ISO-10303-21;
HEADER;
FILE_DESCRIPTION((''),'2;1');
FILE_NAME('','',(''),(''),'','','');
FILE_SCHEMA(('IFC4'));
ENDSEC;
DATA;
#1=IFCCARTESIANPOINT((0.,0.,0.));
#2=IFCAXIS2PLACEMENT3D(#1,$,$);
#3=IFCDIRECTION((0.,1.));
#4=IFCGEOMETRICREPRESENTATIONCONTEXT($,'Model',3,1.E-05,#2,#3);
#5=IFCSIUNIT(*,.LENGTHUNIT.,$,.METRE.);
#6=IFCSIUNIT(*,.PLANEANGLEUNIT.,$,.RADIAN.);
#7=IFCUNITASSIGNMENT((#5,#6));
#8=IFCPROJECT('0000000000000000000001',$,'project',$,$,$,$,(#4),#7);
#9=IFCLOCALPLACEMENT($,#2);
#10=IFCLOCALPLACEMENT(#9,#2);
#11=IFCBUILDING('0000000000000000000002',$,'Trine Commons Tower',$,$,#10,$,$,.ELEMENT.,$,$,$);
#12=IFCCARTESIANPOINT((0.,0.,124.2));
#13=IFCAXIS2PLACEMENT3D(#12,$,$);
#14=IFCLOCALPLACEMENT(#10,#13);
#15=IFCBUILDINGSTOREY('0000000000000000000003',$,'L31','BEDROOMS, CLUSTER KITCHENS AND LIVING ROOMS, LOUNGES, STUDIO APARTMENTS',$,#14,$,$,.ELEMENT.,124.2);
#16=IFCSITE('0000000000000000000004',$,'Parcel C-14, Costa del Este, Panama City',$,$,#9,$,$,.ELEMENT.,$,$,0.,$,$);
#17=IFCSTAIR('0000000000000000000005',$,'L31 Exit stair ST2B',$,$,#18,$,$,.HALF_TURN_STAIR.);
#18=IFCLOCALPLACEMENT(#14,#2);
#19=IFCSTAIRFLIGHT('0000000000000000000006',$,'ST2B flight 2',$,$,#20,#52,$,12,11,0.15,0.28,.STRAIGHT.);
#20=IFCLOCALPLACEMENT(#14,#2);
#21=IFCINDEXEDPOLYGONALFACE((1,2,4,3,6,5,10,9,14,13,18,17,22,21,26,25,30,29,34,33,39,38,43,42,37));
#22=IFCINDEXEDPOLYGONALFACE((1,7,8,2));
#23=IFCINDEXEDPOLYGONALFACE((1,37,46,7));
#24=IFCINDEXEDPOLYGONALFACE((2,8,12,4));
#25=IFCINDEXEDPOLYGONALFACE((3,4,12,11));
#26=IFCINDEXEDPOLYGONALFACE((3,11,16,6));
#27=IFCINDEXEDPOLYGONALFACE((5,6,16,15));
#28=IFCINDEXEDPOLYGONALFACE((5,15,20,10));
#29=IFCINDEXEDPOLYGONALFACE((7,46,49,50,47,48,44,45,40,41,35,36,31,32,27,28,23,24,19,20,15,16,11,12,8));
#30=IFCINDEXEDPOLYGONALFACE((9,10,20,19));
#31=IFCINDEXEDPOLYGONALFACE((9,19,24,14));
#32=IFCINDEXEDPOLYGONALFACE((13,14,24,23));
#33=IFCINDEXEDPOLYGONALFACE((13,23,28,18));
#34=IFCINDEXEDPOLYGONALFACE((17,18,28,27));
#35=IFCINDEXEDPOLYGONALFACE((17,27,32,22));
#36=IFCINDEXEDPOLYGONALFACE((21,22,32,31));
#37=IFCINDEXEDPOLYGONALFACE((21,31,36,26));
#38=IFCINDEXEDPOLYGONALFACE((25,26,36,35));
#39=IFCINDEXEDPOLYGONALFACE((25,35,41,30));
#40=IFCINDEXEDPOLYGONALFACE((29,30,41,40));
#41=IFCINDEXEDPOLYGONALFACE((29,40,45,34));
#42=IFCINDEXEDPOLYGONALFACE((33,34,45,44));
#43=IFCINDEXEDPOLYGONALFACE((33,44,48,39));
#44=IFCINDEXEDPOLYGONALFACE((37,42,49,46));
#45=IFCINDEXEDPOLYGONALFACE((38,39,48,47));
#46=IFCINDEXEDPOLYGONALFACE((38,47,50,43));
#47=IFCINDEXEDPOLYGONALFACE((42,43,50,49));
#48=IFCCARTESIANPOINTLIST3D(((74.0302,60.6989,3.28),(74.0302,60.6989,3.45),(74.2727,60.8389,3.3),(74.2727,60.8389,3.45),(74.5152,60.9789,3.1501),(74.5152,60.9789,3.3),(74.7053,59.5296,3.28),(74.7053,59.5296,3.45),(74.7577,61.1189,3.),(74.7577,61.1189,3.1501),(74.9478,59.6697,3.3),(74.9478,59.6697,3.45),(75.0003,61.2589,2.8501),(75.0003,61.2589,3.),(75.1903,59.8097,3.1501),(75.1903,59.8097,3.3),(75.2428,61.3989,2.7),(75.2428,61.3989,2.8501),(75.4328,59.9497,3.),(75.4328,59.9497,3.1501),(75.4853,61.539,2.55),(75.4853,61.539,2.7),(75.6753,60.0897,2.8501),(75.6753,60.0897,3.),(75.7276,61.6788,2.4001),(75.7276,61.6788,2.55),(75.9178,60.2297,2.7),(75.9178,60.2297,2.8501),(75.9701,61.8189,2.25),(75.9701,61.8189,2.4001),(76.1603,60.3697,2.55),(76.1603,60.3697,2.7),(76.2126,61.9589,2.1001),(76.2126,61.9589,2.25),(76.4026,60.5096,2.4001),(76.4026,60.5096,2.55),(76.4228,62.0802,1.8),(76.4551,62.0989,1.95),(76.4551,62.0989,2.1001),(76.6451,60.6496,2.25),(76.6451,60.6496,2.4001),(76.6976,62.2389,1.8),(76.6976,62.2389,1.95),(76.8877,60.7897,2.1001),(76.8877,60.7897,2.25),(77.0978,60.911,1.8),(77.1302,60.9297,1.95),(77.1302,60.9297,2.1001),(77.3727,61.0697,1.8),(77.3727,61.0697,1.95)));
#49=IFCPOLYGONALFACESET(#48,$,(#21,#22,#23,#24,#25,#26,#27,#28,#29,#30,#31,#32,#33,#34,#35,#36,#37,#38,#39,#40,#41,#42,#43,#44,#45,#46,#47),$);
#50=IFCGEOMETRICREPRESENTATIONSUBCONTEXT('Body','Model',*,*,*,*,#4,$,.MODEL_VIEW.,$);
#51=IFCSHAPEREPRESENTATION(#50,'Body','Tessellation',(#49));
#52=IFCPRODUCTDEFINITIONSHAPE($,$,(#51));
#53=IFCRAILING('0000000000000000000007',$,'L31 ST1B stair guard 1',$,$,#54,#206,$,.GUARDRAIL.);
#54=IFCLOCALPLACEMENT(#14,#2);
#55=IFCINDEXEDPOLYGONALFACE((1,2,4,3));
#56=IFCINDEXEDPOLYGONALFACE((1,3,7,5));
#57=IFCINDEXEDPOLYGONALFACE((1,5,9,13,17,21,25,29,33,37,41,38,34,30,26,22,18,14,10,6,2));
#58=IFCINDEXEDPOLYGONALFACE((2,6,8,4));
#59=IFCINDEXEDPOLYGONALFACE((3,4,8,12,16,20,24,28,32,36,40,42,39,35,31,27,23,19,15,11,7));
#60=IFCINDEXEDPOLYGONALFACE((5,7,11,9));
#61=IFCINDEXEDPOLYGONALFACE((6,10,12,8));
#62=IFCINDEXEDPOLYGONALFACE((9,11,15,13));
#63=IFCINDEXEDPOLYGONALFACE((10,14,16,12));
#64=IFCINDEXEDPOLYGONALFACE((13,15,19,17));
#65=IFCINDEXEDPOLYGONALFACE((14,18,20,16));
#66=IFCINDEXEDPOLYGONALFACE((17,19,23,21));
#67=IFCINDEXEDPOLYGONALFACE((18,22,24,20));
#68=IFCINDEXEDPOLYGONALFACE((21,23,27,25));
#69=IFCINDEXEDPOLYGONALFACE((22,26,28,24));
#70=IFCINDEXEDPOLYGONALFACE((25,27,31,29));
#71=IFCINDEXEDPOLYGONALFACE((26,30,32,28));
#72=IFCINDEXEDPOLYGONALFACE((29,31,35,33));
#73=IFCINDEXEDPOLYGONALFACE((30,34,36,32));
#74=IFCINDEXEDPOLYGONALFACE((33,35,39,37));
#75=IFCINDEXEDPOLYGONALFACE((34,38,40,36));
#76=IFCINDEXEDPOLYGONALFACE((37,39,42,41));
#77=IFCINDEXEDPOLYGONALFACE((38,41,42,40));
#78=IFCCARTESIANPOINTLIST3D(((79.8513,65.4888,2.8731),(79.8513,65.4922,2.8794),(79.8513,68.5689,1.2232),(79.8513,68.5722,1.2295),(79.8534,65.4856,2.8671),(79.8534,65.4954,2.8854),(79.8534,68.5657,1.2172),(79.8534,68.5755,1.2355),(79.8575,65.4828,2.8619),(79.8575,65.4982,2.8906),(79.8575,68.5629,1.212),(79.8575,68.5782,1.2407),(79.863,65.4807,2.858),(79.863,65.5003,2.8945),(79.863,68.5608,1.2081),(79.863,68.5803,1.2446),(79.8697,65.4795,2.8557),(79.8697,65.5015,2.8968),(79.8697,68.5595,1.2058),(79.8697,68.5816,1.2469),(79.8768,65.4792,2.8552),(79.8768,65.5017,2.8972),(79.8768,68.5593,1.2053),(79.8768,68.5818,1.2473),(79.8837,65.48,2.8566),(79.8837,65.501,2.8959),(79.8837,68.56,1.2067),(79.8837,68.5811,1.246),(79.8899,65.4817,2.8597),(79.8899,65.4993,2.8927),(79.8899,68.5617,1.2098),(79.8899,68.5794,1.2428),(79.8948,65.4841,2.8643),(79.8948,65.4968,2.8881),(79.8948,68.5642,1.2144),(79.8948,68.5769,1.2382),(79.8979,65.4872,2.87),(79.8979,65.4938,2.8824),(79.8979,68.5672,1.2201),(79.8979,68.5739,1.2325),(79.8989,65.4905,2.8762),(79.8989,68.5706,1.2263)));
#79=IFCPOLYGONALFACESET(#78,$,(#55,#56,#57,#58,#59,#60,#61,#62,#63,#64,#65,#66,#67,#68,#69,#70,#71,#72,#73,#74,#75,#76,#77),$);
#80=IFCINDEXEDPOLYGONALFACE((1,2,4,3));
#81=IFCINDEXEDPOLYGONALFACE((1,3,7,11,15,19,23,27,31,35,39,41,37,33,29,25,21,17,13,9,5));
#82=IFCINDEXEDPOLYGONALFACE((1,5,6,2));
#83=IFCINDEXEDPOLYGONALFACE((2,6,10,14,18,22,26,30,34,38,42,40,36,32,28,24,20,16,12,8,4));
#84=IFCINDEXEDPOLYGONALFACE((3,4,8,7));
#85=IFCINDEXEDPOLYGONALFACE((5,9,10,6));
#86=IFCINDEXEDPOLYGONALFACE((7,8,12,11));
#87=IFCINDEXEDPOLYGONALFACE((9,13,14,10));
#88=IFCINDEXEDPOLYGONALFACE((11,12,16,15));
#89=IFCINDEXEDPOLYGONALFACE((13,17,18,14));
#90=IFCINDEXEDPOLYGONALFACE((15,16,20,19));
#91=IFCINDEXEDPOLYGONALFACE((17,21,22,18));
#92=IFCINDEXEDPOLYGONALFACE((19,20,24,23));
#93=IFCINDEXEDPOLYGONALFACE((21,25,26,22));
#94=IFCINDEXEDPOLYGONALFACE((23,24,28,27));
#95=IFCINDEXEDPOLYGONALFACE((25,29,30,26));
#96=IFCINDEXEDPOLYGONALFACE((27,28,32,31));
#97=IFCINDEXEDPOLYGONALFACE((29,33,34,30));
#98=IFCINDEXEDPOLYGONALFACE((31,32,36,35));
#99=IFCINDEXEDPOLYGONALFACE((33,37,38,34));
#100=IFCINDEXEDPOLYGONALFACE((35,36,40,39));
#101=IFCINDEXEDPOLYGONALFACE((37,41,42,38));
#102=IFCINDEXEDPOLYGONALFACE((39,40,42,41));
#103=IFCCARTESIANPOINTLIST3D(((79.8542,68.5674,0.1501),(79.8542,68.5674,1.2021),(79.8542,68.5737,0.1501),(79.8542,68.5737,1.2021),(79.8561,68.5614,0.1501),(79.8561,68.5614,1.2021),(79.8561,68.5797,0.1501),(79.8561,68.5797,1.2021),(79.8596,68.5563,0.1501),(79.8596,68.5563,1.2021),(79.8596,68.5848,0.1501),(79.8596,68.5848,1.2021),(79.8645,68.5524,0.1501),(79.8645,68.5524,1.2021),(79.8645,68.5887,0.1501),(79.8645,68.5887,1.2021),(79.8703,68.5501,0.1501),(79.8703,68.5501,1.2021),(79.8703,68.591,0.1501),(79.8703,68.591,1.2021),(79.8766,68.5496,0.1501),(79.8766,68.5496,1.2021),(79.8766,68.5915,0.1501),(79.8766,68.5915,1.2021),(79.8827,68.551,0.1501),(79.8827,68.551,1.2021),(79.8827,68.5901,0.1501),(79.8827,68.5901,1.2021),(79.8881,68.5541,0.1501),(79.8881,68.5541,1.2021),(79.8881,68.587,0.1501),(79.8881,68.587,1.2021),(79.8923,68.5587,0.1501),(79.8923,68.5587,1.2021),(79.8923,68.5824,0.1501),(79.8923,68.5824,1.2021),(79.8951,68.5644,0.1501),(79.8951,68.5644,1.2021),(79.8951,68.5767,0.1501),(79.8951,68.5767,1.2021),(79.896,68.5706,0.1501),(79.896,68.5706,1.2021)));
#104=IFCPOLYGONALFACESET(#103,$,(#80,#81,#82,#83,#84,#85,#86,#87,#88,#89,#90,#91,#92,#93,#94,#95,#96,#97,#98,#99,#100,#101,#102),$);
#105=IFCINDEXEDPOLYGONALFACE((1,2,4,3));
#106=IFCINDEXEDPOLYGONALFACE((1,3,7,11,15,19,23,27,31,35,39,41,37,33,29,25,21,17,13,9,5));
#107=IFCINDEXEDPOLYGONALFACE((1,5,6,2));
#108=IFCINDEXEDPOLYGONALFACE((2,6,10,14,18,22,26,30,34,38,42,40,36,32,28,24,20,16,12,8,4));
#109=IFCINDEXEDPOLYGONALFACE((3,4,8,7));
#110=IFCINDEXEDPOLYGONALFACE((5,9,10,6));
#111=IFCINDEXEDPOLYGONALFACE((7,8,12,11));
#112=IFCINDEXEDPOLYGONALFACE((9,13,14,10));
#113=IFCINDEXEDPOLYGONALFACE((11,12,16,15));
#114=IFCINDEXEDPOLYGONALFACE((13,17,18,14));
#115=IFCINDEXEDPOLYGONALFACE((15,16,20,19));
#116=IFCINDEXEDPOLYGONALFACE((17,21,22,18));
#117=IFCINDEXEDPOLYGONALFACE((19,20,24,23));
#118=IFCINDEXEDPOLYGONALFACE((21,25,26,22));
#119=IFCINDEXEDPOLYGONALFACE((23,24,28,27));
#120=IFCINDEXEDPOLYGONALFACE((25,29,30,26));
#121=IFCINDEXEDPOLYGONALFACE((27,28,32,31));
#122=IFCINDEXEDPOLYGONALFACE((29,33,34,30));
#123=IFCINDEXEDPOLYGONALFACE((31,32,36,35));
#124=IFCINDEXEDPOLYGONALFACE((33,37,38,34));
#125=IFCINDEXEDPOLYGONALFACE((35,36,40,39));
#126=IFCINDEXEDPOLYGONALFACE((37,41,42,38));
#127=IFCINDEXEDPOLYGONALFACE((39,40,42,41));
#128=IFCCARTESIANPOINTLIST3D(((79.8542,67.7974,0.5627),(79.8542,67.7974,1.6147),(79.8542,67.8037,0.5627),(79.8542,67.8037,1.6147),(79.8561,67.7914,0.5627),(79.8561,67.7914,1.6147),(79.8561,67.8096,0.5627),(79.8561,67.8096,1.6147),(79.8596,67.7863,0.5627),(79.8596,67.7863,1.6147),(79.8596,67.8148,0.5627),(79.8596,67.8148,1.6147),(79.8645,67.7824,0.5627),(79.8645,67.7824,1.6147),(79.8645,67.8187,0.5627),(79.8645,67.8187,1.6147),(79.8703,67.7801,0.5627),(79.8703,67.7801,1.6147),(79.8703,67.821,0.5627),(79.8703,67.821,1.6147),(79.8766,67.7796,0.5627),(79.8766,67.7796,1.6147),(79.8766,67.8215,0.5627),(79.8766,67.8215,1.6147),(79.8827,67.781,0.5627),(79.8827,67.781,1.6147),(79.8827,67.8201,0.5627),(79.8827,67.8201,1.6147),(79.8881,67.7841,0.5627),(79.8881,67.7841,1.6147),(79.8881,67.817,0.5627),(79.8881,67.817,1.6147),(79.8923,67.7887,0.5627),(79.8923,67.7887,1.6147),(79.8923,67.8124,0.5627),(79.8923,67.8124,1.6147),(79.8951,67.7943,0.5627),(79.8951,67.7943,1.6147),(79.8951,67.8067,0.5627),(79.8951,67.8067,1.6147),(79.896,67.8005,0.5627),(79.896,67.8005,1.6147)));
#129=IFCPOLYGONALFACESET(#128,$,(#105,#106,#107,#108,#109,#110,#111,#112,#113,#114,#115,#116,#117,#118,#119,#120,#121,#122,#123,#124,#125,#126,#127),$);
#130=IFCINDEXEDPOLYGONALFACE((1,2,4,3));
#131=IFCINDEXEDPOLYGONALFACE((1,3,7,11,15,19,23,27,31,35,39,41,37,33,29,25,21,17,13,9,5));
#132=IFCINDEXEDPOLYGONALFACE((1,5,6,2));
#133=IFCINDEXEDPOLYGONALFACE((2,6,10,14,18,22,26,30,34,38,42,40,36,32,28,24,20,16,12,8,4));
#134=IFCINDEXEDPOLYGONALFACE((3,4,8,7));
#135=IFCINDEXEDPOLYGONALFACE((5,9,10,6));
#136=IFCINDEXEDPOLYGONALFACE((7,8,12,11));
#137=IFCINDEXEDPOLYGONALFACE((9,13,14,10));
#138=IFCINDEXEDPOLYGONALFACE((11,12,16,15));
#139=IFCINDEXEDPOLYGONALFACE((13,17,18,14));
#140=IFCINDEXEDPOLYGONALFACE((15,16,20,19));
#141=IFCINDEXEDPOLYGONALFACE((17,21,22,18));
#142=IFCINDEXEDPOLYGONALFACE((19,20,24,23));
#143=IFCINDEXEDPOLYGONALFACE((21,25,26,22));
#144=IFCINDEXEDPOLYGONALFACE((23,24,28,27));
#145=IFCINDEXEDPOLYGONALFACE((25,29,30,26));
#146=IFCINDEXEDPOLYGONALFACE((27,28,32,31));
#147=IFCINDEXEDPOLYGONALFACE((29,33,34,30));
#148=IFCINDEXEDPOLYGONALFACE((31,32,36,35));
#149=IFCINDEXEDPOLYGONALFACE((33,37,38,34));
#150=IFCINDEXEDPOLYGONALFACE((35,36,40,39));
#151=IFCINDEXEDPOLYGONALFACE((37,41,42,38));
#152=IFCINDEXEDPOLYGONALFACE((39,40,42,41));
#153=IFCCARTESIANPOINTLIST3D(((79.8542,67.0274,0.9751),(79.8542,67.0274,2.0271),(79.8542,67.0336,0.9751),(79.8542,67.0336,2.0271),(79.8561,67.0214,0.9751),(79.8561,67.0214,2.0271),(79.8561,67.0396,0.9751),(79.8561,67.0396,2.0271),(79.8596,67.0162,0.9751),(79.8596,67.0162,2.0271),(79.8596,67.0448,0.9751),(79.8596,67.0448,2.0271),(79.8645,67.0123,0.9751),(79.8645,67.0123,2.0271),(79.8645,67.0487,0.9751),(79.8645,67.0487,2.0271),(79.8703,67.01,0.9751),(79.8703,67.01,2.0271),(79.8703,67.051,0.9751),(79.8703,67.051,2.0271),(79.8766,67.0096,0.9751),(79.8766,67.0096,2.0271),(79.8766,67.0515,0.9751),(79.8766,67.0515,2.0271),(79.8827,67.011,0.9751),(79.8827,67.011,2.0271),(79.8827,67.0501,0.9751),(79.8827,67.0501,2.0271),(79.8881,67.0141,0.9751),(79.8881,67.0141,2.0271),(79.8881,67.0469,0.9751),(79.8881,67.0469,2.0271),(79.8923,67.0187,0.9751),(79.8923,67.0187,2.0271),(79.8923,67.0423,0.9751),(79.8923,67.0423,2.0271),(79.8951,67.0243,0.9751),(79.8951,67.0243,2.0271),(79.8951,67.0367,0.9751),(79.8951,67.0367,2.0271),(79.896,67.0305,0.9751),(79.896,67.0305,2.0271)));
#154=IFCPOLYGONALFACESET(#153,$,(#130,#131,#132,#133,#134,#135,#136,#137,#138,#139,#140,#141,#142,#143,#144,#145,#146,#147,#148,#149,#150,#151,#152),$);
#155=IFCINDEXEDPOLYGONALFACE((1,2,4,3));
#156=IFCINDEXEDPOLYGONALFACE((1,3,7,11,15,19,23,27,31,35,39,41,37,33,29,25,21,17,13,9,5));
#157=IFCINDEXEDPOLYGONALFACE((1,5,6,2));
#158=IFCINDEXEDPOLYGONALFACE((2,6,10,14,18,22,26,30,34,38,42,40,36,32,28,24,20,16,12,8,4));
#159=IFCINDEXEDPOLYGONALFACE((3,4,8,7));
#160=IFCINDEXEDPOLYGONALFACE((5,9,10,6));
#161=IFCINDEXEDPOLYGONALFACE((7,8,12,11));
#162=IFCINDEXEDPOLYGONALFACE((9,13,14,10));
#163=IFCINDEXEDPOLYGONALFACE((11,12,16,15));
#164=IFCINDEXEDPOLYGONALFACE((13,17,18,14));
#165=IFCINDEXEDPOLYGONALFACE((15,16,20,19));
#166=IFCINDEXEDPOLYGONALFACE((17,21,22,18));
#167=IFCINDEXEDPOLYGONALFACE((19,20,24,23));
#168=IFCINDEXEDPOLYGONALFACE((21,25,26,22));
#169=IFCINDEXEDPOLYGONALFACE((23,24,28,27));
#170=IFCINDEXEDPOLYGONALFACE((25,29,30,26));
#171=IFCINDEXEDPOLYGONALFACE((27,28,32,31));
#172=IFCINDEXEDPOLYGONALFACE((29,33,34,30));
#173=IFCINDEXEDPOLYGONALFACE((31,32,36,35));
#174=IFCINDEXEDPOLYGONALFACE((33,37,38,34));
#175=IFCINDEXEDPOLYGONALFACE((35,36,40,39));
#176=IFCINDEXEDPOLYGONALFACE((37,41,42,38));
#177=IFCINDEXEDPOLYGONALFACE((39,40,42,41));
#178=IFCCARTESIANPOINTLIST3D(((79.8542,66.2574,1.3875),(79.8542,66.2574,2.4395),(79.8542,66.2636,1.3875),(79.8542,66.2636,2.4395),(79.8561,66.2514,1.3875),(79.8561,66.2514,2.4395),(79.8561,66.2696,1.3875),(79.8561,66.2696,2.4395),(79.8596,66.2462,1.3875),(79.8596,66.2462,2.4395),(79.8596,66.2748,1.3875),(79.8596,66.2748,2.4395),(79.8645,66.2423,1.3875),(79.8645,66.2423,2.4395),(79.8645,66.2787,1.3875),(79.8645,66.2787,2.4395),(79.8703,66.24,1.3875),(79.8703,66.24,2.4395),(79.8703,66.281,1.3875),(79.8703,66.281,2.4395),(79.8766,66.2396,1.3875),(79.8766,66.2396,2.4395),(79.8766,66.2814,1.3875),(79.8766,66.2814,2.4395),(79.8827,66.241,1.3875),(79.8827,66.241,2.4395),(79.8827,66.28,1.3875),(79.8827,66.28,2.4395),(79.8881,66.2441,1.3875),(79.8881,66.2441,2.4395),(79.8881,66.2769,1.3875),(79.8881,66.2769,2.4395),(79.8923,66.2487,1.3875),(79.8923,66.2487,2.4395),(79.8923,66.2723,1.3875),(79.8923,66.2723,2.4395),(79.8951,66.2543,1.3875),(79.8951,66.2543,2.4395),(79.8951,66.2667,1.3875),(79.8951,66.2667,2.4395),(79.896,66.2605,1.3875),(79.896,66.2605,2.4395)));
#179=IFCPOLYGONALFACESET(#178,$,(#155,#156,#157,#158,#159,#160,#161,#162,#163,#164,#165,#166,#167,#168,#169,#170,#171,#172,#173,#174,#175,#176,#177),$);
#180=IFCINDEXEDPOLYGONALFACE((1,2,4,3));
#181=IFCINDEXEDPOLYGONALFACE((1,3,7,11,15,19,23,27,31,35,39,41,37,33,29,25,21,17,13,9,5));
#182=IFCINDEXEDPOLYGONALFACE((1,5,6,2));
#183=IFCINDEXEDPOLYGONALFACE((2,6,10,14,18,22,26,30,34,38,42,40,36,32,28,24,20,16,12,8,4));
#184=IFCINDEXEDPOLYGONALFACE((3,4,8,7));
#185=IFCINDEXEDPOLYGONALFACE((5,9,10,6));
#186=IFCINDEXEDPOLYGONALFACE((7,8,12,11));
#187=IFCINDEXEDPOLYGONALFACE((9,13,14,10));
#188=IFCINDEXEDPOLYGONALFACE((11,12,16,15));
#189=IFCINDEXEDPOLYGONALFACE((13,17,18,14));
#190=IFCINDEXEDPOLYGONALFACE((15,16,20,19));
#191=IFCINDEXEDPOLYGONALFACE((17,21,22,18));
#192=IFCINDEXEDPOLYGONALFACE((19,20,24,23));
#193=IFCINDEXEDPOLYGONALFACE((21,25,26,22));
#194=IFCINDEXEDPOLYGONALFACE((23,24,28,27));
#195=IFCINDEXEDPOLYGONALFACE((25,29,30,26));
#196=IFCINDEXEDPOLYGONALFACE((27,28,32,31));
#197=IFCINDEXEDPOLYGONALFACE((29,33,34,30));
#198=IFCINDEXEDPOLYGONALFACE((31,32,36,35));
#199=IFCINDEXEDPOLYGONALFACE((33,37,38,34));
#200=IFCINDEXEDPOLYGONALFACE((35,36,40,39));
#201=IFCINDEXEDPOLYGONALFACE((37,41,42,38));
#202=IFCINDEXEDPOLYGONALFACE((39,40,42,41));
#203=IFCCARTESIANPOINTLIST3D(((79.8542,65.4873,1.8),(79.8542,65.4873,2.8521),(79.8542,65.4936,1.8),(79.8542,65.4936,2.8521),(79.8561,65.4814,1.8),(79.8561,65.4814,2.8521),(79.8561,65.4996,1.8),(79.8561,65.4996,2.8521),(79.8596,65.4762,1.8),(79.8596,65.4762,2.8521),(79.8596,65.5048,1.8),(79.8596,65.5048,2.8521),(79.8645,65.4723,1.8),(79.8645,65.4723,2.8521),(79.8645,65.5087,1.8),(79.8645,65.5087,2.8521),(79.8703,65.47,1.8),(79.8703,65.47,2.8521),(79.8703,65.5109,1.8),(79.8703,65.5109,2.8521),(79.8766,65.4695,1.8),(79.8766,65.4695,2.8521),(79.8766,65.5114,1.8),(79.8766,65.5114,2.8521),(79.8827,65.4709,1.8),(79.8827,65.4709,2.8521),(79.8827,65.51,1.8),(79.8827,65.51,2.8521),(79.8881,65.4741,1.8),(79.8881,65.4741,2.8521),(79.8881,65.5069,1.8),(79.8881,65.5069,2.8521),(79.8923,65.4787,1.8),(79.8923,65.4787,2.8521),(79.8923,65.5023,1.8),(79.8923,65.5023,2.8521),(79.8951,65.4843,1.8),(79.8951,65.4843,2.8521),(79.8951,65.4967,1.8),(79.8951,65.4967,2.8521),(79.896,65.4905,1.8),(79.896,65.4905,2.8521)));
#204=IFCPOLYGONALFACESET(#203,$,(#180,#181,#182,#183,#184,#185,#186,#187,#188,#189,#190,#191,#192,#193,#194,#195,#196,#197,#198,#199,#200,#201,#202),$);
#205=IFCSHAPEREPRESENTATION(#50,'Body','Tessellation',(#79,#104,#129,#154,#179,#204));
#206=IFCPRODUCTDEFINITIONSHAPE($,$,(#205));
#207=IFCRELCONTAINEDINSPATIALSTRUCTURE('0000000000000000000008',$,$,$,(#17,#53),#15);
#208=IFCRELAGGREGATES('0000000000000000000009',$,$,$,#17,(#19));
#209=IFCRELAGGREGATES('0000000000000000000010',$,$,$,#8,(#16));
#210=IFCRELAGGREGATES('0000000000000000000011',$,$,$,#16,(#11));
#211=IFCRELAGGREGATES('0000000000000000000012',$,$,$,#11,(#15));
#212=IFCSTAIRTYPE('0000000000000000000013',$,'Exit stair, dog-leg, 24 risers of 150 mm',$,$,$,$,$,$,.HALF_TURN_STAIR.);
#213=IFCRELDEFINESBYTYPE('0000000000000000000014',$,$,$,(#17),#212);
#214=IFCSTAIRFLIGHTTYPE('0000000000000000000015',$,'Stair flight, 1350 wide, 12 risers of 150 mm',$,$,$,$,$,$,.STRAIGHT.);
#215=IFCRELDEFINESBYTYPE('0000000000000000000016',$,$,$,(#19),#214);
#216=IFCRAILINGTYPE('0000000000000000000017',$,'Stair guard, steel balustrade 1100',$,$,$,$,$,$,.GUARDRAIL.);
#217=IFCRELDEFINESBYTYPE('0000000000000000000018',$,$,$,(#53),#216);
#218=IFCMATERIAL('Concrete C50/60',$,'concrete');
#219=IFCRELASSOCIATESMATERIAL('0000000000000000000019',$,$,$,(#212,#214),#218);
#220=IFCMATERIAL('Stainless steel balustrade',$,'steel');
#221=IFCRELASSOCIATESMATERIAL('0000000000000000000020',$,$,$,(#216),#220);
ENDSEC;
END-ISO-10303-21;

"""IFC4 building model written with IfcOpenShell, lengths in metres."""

from ifc_helpers import new_model, si_unit, direction, frame, origin, origin_2d, place, context, subcontext, project, spatial, polyline, circle, outline, extrude, material, type_object, element, aggregate, save


model = new_model("IFC4")

# Units and contexts
model_context = context("Model", 3, precision=1e-05, world=origin(), true_north=direction((0.0, 1.0)))
body_context = subcontext(model_context, "Body", "Model", "MODEL_VIEW")
ifc_project = project(units=[si_unit("LENGTHUNIT", "METRE"), si_unit("PLANEANGLEUNIT", "RADIAN")], contexts=[model_context])

# Site, building, storey
site_placement = place(None, origin())
site = spatial("IfcSite", under=ifc_project, at=site_placement, Name="Parcel C-14, Costa del Este, Panama City", CompositionType="ELEMENT", RefElevation=0.0)
building_placement = place(site_placement, origin())
building = spatial("IfcBuilding", under=site, at=building_placement, Name="Trine Commons Tower", CompositionType="ELEMENT")
storey_placement = place(building_placement, frame((0.0, 0.0, 124.2)))
storey = spatial("IfcBuildingStorey", under=building, at=storey_placement, Name="L31", Description="BEDROOMS, CLUSTER KITCHENS AND LIVING ROOMS, LOUNGES, STUDIO APARTMENTS", CompositionType="ELEMENT", Elevation=124.2)

# Shared definitions
ifc_material_1 = material(Name="Concrete C50/60", Category="concrete")
stair_type = type_object("IfcStairType", Name="Exit stair, dog-leg, 24 risers of 150 mm", PredefinedType="HALF_TURN_STAIR", material=ifc_material_1)
stair_flight_type = type_object("IfcStairFlightType", Name="Stair flight, 1350 wide, 12 risers of 150 mm", PredefinedType="STRAIGHT", material=ifc_material_1)

# Stair, stair flight
stair_1_placement = place(storey_placement, origin())
stair_1 = element("IfcStair", 1, at=stair_1_placement, inside=storey, type_object=stair_type, Name="L31 Exit stair ST2B", PredefinedType="HALF_TURN_STAIR")
stair_flight_1_placement = place(storey_placement, frame((77.0352, 61.6543, 1.8), z_axis=(0.0, 0.0, 1.0), x_axis=(-0.866025, -0.5, 0.0)))
stair_flight_1 = element("IfcStairFlight", 2, at=stair_flight_1_placement, type_object=stair_flight_type, Name="ST2B flight 2", NumberOfRisers=12, NumberOfTreads=11, PredefinedType="STRAIGHT", RiserHeight=0.15, TreadLength=0.28, context=body_context, shape_type="SweptSolid", body=[
    extrude(outline(polyline([(0.0, 0.0), (0.0, 0.1499), (0.28, 0.1499), (0.28, 0.3), (0.5601, 0.3), (0.5601, 0.45), (0.8401, 0.45), (0.8401, 0.6001), (1.1201, 0.6001), (1.1201, 0.75), (1.3999, 0.75), (1.3999, 0.8999), (1.6799, 0.8999), (1.6799, 1.05), (1.96, 1.05), (1.96, 1.2), (2.24, 1.2), (2.24, 1.3501), (2.52, 1.3501), (2.52, 1.5), (2.8, 1.5), (2.8, 1.6499), (3.0801, 1.6499), (3.0801, 1.8), (3.0801, 1.48), (0.3174, 0.0), (0.0, 0.0)])), frame((0.0, 0.675, 0.0), z_axis=(0.0, -1.0, 0.0), x_axis=(1.0, 0.0, 0.0)), (0.0, 0.0, 1.0), 1.3501),
])
aggregate(stair_1, [stair_flight_1])

# Railing
ifc_material_2 = material(Name="Stainless steel balustrade", Category="steel")
railing_type_1 = type_object("IfcRailingType", Name="Stair guard, steel balustrade 1100", PredefinedType="GUARDRAIL", material=ifc_material_2)
railing_1_placement = place(storey_placement, frame((79.875, 68.5706, 0.1501)))
element("IfcRailing", 3, at=railing_1_placement, inside=storey, type_object=railing_type_1, Name="L31 ST1B stair guard 1", PredefinedType="GUARDRAIL", context=body_context, shape_type="SweptSolid", body=[
    extrude(circle(Radius=0.0239, at=origin_2d()), frame((0.0, 0.0, 1.0762), z_axis=(0.0, -0.881497, 0.47219), x_axis=(1.0, 0.0, 0.0)), (0.0, 0.0, 1.0), 3.4941),
    extrude(circle(Radius=0.021, at=origin_2d()), origin(), (0.0, 0.0, 1.0), 1.052),
    extrude(circle(Radius=0.021, at=origin_2d()), frame((0.0, -0.77, 0.4126)), (0.0, 0.0, 1.0), 1.052),
    extrude(circle(Radius=0.021, at=origin_2d()), frame((0.0, -1.54, 0.825)), (0.0, 0.0, 1.0), 1.052),
    extrude(circle(Radius=0.021, at=origin_2d()), frame((0.0, -2.3101, 1.2373)), (0.0, 0.0, 1.0), 1.052),
    extrude(circle(Radius=0.021, at=origin_2d()), frame((0.0, -3.0801, 1.6499)), (0.0, 0.0, 1.0), 1.052),
])

save(model, "model.ifc")
